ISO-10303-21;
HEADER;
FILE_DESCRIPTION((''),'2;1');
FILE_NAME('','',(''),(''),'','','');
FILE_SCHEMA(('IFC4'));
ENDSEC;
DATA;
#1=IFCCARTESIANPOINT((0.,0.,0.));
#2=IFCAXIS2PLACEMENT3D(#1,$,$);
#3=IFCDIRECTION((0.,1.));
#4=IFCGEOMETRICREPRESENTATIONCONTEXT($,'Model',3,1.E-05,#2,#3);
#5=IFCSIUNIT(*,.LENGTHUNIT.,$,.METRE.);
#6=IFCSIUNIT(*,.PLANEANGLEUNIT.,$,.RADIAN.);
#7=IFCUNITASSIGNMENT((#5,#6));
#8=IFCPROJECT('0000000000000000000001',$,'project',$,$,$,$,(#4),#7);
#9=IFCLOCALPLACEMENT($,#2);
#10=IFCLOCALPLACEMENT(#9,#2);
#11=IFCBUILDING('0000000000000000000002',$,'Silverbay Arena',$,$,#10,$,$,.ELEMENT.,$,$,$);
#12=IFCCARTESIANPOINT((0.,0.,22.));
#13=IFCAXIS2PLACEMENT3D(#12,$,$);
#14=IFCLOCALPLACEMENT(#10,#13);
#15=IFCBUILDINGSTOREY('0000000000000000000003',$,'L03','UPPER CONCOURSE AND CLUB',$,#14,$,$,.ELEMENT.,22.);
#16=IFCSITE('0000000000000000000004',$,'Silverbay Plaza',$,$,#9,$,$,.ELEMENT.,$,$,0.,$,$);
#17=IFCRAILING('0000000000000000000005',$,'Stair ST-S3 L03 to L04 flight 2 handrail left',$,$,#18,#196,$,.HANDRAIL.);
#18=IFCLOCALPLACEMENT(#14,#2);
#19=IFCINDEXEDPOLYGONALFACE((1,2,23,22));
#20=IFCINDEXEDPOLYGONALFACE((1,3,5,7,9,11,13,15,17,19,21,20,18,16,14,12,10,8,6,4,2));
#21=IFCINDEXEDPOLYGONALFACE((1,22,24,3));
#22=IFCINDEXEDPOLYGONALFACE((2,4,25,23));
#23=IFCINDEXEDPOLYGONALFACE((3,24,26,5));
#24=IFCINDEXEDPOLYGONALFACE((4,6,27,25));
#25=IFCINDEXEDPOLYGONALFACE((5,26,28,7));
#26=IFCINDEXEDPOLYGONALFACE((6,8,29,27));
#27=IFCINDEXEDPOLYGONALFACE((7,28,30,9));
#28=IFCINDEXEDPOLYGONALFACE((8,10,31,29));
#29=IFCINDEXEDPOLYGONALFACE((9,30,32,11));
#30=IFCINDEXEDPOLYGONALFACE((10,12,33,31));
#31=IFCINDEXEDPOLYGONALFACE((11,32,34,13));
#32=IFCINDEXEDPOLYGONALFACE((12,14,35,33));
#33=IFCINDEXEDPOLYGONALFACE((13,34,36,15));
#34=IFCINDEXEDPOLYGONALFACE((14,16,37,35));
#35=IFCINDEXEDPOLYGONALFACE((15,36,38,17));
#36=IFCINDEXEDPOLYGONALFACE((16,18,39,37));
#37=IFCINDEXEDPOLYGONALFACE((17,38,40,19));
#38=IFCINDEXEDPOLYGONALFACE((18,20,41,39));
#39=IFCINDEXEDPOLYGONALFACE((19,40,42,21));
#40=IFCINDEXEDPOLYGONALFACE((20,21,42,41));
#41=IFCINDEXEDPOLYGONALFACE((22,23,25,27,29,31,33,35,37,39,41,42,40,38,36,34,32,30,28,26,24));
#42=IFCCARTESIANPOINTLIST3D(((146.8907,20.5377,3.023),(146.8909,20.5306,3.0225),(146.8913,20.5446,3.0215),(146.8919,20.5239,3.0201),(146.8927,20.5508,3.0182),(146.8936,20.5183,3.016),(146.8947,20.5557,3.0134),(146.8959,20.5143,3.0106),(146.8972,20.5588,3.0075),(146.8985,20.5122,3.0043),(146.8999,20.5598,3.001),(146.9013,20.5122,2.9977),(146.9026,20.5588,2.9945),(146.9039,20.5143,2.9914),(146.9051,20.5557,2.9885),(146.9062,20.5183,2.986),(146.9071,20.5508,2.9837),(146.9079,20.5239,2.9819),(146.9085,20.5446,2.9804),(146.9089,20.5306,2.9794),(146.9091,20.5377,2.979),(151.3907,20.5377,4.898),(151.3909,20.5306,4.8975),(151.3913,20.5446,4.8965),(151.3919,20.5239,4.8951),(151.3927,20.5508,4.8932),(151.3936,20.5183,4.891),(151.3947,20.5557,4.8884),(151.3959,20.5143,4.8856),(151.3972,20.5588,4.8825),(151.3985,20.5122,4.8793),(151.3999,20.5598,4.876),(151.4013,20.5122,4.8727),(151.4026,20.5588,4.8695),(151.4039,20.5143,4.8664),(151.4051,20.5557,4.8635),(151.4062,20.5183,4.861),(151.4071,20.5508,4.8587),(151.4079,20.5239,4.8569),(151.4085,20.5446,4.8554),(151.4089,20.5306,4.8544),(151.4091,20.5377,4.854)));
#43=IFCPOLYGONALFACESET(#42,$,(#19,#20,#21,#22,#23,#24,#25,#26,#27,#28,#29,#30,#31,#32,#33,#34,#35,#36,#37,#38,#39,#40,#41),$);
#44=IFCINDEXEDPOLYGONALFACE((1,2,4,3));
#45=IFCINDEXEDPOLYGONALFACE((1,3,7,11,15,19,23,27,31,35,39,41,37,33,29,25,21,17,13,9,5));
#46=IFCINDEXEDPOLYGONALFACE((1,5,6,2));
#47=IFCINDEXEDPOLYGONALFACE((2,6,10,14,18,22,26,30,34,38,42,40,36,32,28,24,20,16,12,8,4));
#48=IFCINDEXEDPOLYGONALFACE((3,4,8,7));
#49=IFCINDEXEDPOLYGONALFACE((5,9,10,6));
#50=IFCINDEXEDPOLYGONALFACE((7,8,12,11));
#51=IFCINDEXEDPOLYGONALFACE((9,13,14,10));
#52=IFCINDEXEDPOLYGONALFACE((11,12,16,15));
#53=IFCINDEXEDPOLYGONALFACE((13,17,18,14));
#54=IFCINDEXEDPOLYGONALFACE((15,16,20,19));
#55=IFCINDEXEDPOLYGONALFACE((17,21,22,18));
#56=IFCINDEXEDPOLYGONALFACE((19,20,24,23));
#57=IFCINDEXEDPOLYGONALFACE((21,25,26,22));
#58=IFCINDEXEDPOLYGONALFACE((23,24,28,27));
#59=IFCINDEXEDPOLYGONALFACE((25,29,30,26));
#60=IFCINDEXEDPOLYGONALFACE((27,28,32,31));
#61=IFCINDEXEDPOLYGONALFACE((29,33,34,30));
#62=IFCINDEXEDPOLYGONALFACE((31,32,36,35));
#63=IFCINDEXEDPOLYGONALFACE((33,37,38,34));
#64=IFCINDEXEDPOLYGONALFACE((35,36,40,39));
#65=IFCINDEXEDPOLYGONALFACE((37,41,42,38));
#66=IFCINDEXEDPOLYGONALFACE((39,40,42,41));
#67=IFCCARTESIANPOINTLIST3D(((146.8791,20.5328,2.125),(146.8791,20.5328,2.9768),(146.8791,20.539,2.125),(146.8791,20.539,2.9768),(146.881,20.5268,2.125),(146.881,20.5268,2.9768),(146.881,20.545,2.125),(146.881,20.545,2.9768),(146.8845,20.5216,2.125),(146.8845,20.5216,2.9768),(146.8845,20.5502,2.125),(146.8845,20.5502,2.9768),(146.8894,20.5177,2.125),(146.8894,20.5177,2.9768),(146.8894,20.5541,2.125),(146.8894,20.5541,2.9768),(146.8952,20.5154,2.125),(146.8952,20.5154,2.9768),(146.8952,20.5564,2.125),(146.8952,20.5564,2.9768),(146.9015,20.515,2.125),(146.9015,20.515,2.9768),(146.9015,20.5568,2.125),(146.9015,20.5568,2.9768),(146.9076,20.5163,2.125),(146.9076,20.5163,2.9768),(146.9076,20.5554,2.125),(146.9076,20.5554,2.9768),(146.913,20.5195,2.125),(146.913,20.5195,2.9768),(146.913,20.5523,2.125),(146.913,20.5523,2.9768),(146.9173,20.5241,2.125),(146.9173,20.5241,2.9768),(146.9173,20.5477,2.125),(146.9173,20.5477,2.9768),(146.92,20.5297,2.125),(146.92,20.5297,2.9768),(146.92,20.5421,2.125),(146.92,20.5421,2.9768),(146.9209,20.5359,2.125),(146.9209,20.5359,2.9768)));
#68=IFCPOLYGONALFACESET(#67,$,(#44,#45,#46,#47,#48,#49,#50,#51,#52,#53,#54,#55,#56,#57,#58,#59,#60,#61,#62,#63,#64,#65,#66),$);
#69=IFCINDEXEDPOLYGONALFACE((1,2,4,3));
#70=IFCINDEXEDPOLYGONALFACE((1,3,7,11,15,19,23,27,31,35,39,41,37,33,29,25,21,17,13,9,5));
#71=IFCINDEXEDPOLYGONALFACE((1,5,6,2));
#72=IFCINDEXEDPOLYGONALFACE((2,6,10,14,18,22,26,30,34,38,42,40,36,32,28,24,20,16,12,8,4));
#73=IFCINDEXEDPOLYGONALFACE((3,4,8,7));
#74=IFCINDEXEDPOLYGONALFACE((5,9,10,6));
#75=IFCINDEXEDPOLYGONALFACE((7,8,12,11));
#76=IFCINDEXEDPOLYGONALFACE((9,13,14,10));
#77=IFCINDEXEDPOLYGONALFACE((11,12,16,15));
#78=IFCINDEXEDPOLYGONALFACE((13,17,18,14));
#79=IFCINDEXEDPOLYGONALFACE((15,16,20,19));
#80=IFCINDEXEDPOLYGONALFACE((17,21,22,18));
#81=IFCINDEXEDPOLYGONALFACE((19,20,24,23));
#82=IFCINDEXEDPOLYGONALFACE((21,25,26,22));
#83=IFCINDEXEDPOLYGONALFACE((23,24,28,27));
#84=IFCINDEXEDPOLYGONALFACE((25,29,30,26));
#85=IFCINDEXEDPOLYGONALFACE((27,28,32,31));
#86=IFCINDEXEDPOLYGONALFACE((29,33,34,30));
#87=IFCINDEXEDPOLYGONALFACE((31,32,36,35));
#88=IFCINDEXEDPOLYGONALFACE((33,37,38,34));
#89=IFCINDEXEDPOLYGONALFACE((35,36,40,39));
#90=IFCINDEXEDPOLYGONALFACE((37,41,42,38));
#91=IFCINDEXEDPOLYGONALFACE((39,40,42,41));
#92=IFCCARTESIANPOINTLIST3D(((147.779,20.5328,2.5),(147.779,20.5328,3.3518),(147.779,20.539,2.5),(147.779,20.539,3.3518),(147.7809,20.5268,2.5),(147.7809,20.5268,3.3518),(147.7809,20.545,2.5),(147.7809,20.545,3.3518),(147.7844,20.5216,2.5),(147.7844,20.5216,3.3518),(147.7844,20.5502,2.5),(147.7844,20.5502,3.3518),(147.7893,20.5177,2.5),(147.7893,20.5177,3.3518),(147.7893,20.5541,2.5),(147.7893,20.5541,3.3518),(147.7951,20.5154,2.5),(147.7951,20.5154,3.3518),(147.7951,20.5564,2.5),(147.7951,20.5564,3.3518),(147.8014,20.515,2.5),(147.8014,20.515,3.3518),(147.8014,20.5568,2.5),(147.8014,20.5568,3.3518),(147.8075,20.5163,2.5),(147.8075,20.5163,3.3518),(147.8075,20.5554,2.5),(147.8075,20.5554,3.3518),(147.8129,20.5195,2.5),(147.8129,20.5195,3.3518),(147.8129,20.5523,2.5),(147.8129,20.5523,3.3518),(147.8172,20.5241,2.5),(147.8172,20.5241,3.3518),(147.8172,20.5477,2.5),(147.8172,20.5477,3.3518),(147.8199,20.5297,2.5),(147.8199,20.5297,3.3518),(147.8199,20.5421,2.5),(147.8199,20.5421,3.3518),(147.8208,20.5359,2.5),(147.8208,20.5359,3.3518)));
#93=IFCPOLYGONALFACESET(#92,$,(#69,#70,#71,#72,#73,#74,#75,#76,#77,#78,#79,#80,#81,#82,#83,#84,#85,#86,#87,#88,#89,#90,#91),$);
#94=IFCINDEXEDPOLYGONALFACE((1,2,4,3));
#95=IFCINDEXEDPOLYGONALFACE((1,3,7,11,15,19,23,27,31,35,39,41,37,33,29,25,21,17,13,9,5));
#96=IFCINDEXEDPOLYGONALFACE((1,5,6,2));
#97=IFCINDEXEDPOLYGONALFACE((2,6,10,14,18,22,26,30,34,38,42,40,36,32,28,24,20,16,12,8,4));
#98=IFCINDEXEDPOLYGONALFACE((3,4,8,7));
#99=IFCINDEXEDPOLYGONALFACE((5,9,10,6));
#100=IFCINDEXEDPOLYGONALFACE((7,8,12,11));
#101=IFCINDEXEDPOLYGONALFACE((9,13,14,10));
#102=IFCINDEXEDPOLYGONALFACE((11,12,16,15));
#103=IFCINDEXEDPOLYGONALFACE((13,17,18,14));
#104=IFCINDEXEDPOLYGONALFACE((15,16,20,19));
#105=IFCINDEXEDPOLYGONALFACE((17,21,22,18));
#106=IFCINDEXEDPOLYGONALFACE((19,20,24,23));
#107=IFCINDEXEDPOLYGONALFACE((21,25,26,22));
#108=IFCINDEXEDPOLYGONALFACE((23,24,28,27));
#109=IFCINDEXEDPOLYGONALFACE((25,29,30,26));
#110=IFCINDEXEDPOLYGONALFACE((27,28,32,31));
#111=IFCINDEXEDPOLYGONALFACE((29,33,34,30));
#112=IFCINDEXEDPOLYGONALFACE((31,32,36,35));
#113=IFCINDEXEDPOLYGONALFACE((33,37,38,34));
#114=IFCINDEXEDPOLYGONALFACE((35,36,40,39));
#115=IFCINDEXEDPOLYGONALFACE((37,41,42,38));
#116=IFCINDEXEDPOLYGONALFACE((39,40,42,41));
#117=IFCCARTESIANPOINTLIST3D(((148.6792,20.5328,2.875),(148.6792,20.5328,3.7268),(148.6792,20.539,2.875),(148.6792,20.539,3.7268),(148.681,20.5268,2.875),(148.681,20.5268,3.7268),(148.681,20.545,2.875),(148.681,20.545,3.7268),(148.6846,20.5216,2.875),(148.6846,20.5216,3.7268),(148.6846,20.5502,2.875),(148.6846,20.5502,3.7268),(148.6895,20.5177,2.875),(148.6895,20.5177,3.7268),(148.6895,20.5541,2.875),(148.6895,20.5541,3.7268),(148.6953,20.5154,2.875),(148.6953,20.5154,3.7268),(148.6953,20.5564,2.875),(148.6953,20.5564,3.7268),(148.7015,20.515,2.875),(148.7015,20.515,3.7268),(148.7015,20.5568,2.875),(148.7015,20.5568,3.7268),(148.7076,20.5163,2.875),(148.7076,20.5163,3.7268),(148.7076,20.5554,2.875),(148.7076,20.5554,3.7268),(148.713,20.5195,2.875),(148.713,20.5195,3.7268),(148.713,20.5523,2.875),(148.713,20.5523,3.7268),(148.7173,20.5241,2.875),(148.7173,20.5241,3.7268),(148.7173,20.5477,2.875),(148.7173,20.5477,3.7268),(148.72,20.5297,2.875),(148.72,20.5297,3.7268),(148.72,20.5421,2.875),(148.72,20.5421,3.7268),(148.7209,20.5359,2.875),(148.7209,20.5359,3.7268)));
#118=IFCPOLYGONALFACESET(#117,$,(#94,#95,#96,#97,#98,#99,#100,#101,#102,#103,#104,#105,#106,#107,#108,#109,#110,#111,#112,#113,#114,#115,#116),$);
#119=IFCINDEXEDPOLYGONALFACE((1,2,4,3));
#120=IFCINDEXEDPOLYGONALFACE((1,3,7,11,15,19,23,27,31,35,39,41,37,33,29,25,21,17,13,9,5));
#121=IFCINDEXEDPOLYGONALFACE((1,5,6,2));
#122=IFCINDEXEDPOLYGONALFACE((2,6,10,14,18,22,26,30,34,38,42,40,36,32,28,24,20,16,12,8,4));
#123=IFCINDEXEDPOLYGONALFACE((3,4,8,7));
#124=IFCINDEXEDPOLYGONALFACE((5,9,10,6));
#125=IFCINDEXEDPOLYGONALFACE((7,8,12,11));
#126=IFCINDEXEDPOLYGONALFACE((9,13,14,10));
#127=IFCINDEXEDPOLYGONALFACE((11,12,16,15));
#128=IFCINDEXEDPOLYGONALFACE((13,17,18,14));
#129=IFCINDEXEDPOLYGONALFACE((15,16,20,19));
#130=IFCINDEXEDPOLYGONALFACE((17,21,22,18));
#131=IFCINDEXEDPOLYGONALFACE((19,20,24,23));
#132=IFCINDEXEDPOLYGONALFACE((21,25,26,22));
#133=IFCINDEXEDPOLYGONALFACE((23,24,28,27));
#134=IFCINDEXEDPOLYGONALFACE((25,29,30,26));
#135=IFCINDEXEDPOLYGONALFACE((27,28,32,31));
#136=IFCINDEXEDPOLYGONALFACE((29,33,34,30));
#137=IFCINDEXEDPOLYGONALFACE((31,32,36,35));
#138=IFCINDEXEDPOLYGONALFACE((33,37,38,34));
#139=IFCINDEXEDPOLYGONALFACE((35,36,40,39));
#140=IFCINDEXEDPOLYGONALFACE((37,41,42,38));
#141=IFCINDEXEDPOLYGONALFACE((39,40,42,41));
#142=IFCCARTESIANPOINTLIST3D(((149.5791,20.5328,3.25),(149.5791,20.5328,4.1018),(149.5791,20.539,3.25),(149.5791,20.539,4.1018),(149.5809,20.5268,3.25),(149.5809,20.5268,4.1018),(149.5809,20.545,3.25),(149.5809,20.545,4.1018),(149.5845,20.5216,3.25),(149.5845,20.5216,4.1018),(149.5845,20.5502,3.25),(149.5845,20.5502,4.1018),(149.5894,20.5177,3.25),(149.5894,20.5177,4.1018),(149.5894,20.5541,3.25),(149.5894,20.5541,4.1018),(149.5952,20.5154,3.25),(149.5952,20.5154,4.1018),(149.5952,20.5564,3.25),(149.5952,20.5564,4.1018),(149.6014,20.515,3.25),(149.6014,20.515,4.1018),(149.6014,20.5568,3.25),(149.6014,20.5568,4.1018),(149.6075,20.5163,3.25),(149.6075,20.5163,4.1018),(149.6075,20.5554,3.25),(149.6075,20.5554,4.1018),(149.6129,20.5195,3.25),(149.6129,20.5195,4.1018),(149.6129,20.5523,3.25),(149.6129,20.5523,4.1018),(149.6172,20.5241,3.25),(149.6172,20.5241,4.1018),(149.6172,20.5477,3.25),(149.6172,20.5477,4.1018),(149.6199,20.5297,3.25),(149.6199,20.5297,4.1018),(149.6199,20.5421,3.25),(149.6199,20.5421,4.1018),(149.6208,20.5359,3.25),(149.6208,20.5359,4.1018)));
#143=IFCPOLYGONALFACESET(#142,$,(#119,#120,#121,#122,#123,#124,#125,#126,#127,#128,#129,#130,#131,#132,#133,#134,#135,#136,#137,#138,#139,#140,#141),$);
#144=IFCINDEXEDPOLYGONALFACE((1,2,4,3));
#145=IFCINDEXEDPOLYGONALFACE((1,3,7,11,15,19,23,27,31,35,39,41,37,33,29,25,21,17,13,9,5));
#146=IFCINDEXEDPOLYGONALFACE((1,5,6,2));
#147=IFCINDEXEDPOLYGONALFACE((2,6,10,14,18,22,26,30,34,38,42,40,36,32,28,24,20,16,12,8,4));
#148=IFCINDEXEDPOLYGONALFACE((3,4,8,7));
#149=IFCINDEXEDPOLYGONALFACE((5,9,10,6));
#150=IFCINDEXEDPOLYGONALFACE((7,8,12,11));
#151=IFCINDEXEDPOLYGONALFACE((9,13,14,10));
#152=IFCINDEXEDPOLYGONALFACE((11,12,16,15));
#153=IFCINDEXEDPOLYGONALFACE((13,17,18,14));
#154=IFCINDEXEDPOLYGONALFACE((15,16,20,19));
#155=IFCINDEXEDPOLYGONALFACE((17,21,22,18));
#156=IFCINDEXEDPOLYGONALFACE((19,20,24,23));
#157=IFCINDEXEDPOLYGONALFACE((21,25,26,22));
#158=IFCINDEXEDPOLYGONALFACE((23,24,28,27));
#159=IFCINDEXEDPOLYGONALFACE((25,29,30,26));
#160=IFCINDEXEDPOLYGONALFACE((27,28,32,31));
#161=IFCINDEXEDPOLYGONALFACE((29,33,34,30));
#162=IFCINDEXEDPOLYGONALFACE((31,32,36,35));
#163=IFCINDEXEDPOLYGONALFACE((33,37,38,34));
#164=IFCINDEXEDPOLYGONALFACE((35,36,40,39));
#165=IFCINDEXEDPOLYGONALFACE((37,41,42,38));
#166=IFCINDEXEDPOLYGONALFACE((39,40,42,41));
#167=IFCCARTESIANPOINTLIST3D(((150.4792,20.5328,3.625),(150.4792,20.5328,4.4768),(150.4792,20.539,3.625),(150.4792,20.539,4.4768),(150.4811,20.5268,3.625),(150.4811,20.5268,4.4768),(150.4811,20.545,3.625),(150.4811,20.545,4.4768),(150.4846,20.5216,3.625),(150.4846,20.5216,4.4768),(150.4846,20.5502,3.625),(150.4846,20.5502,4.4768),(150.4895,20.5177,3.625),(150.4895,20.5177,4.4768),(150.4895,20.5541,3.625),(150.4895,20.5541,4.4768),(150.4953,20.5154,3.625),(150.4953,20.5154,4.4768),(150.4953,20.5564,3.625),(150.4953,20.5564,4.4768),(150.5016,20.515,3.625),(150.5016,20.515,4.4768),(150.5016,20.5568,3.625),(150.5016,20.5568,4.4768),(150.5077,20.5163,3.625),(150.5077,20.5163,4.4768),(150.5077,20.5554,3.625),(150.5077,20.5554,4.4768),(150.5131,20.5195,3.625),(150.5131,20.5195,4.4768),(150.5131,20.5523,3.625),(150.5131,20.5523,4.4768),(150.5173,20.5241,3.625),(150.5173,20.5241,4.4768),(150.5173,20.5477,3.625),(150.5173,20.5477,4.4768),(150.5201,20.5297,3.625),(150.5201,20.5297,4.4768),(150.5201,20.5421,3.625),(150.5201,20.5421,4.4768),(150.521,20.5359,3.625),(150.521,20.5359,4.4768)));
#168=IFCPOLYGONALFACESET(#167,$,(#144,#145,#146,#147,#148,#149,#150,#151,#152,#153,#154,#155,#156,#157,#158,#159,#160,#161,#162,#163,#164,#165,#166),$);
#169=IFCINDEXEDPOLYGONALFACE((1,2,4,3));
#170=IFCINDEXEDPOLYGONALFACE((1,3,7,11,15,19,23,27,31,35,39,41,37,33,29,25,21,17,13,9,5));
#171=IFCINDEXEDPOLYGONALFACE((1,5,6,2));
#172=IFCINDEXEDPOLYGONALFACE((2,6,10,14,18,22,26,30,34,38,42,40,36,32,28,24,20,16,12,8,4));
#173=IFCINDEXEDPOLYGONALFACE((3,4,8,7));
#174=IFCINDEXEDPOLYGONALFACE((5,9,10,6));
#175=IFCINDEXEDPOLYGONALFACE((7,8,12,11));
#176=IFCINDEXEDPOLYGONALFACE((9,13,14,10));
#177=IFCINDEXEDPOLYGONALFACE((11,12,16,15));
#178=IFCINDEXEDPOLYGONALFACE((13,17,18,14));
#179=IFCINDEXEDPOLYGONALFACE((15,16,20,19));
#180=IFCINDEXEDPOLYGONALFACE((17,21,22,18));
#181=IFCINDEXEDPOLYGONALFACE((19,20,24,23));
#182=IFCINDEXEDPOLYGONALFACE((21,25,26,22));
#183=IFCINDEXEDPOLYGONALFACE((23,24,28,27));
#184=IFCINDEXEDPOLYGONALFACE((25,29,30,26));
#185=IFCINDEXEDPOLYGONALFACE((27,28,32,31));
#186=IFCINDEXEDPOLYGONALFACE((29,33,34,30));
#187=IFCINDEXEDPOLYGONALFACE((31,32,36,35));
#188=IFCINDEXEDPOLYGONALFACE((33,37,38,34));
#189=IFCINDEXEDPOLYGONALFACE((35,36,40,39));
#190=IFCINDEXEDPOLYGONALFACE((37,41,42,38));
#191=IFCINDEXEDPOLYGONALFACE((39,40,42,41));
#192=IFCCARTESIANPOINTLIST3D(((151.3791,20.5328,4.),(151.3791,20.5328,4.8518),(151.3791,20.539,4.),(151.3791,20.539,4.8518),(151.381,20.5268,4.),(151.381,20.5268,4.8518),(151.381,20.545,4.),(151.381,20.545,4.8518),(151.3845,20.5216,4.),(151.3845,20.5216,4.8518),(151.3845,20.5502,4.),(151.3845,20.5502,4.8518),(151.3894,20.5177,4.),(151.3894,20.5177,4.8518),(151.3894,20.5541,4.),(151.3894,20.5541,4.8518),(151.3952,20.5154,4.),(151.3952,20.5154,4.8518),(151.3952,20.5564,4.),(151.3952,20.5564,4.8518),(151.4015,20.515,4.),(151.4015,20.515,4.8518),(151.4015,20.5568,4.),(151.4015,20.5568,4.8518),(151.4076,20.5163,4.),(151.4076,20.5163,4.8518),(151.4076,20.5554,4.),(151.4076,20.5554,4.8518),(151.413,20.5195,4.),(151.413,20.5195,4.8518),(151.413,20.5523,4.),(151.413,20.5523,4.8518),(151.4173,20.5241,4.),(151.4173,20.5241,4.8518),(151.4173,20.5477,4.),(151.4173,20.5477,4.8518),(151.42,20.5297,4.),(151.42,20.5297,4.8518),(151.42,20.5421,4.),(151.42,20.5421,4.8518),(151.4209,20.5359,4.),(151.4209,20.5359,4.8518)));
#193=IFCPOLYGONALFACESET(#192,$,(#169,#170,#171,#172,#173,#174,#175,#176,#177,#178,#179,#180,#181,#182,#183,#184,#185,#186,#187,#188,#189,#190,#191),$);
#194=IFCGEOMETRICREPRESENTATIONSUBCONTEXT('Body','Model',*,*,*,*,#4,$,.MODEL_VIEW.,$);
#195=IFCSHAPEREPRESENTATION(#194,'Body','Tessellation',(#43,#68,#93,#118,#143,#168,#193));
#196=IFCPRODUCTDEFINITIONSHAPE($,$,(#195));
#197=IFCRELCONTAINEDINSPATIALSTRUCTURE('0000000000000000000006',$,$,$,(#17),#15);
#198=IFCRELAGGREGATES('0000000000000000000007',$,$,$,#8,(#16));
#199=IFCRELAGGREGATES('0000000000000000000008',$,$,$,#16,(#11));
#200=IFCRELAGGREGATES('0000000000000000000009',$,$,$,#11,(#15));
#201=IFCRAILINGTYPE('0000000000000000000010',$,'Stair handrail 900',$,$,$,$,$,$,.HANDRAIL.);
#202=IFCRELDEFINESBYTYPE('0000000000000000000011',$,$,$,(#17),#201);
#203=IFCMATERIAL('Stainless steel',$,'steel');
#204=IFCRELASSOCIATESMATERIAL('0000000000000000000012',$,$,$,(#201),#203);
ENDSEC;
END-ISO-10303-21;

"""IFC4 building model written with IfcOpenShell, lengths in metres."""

from ifc_helpers import new_model, si_unit, direction, frame, origin, origin_2d, place, context, subcontext, project, spatial, circle, extrude, material, type_object, element, save


model = new_model("IFC4")

# Units and contexts
model_context = context("Model", 3, precision=1e-05, world=origin(), true_north=direction((0.0, 1.0)))
body_context = subcontext(model_context, "Body", "Model", "MODEL_VIEW")
ifc_project = project(units=[si_unit("LENGTHUNIT", "METRE"), si_unit("PLANEANGLEUNIT", "RADIAN")], contexts=[model_context])

# Site, building, storey
site_placement = place(None, origin())
site = spatial("IfcSite", under=ifc_project, at=site_placement, Name="Silverbay Plaza", CompositionType="ELEMENT", RefElevation=0.0)
building_placement = place(site_placement, origin())
building = spatial("IfcBuilding", under=site, at=building_placement, Name="Silverbay Arena", CompositionType="ELEMENT")
storey_placement = place(building_placement, frame((0.0, 0.0, 22.0)))
storey = spatial("IfcBuildingStorey", under=building, at=storey_placement, Name="L03", Description="UPPER CONCOURSE AND CLUB", CompositionType="ELEMENT", Elevation=22.0)

# Railing
ifc_material_1 = material(Name="Stainless steel", Category="steel")
railing_type_1 = type_object("IfcRailingType", Name="Stair handrail 900", PredefinedType="HANDRAIL", material=ifc_material_1)
for number, where, name in (
    (1, (146.8999, 20.5359, 2.125), "Stair ST-S3 L03 to L04 flight 2 handrail left"),
):
    element("IfcRailing", number, at=place(storey_placement, frame(where)), inside=storey, type_object=railing_type_1, Name=name, PredefinedType="HANDRAIL", context=body_context, shape_type="SweptSolid", body=[
        extrude(circle(Radius=0.0239, at=origin_2d()), frame((0.0, 0.0, 0.876), z_axis=(0.923077, 0.0, 0.384615), x_axis=(0.0, 1.0, 0.0)), (0.0, 0.0, 1.0), 4.875),
        extrude(circle(Radius=0.021, at=origin_2d()), origin(), (0.0, 0.0, 1.0), 0.8518),
        extrude(circle(Radius=0.021, at=origin_2d()), frame((0.8999, 0.0, 0.375)), (0.0, 0.0, 1.0), 0.8518),
        extrude(circle(Radius=0.021, at=origin_2d()), frame((1.8, 0.0, 0.75)), (0.0, 0.0, 1.0), 0.8518),
        extrude(circle(Radius=0.021, at=origin_2d()), frame((2.7, 0.0, 1.125)), (0.0, 0.0, 1.0), 0.8518),
        extrude(circle(Radius=0.021, at=origin_2d()), frame((3.6001, 0.0, 1.5)), (0.0, 0.0, 1.0), 0.8518),
        extrude(circle(Radius=0.021, at=origin_2d()), frame((4.5, 0.0, 1.875)), (0.0, 0.0, 1.0), 0.8518),
    ])

save(model, "model.ifc")
